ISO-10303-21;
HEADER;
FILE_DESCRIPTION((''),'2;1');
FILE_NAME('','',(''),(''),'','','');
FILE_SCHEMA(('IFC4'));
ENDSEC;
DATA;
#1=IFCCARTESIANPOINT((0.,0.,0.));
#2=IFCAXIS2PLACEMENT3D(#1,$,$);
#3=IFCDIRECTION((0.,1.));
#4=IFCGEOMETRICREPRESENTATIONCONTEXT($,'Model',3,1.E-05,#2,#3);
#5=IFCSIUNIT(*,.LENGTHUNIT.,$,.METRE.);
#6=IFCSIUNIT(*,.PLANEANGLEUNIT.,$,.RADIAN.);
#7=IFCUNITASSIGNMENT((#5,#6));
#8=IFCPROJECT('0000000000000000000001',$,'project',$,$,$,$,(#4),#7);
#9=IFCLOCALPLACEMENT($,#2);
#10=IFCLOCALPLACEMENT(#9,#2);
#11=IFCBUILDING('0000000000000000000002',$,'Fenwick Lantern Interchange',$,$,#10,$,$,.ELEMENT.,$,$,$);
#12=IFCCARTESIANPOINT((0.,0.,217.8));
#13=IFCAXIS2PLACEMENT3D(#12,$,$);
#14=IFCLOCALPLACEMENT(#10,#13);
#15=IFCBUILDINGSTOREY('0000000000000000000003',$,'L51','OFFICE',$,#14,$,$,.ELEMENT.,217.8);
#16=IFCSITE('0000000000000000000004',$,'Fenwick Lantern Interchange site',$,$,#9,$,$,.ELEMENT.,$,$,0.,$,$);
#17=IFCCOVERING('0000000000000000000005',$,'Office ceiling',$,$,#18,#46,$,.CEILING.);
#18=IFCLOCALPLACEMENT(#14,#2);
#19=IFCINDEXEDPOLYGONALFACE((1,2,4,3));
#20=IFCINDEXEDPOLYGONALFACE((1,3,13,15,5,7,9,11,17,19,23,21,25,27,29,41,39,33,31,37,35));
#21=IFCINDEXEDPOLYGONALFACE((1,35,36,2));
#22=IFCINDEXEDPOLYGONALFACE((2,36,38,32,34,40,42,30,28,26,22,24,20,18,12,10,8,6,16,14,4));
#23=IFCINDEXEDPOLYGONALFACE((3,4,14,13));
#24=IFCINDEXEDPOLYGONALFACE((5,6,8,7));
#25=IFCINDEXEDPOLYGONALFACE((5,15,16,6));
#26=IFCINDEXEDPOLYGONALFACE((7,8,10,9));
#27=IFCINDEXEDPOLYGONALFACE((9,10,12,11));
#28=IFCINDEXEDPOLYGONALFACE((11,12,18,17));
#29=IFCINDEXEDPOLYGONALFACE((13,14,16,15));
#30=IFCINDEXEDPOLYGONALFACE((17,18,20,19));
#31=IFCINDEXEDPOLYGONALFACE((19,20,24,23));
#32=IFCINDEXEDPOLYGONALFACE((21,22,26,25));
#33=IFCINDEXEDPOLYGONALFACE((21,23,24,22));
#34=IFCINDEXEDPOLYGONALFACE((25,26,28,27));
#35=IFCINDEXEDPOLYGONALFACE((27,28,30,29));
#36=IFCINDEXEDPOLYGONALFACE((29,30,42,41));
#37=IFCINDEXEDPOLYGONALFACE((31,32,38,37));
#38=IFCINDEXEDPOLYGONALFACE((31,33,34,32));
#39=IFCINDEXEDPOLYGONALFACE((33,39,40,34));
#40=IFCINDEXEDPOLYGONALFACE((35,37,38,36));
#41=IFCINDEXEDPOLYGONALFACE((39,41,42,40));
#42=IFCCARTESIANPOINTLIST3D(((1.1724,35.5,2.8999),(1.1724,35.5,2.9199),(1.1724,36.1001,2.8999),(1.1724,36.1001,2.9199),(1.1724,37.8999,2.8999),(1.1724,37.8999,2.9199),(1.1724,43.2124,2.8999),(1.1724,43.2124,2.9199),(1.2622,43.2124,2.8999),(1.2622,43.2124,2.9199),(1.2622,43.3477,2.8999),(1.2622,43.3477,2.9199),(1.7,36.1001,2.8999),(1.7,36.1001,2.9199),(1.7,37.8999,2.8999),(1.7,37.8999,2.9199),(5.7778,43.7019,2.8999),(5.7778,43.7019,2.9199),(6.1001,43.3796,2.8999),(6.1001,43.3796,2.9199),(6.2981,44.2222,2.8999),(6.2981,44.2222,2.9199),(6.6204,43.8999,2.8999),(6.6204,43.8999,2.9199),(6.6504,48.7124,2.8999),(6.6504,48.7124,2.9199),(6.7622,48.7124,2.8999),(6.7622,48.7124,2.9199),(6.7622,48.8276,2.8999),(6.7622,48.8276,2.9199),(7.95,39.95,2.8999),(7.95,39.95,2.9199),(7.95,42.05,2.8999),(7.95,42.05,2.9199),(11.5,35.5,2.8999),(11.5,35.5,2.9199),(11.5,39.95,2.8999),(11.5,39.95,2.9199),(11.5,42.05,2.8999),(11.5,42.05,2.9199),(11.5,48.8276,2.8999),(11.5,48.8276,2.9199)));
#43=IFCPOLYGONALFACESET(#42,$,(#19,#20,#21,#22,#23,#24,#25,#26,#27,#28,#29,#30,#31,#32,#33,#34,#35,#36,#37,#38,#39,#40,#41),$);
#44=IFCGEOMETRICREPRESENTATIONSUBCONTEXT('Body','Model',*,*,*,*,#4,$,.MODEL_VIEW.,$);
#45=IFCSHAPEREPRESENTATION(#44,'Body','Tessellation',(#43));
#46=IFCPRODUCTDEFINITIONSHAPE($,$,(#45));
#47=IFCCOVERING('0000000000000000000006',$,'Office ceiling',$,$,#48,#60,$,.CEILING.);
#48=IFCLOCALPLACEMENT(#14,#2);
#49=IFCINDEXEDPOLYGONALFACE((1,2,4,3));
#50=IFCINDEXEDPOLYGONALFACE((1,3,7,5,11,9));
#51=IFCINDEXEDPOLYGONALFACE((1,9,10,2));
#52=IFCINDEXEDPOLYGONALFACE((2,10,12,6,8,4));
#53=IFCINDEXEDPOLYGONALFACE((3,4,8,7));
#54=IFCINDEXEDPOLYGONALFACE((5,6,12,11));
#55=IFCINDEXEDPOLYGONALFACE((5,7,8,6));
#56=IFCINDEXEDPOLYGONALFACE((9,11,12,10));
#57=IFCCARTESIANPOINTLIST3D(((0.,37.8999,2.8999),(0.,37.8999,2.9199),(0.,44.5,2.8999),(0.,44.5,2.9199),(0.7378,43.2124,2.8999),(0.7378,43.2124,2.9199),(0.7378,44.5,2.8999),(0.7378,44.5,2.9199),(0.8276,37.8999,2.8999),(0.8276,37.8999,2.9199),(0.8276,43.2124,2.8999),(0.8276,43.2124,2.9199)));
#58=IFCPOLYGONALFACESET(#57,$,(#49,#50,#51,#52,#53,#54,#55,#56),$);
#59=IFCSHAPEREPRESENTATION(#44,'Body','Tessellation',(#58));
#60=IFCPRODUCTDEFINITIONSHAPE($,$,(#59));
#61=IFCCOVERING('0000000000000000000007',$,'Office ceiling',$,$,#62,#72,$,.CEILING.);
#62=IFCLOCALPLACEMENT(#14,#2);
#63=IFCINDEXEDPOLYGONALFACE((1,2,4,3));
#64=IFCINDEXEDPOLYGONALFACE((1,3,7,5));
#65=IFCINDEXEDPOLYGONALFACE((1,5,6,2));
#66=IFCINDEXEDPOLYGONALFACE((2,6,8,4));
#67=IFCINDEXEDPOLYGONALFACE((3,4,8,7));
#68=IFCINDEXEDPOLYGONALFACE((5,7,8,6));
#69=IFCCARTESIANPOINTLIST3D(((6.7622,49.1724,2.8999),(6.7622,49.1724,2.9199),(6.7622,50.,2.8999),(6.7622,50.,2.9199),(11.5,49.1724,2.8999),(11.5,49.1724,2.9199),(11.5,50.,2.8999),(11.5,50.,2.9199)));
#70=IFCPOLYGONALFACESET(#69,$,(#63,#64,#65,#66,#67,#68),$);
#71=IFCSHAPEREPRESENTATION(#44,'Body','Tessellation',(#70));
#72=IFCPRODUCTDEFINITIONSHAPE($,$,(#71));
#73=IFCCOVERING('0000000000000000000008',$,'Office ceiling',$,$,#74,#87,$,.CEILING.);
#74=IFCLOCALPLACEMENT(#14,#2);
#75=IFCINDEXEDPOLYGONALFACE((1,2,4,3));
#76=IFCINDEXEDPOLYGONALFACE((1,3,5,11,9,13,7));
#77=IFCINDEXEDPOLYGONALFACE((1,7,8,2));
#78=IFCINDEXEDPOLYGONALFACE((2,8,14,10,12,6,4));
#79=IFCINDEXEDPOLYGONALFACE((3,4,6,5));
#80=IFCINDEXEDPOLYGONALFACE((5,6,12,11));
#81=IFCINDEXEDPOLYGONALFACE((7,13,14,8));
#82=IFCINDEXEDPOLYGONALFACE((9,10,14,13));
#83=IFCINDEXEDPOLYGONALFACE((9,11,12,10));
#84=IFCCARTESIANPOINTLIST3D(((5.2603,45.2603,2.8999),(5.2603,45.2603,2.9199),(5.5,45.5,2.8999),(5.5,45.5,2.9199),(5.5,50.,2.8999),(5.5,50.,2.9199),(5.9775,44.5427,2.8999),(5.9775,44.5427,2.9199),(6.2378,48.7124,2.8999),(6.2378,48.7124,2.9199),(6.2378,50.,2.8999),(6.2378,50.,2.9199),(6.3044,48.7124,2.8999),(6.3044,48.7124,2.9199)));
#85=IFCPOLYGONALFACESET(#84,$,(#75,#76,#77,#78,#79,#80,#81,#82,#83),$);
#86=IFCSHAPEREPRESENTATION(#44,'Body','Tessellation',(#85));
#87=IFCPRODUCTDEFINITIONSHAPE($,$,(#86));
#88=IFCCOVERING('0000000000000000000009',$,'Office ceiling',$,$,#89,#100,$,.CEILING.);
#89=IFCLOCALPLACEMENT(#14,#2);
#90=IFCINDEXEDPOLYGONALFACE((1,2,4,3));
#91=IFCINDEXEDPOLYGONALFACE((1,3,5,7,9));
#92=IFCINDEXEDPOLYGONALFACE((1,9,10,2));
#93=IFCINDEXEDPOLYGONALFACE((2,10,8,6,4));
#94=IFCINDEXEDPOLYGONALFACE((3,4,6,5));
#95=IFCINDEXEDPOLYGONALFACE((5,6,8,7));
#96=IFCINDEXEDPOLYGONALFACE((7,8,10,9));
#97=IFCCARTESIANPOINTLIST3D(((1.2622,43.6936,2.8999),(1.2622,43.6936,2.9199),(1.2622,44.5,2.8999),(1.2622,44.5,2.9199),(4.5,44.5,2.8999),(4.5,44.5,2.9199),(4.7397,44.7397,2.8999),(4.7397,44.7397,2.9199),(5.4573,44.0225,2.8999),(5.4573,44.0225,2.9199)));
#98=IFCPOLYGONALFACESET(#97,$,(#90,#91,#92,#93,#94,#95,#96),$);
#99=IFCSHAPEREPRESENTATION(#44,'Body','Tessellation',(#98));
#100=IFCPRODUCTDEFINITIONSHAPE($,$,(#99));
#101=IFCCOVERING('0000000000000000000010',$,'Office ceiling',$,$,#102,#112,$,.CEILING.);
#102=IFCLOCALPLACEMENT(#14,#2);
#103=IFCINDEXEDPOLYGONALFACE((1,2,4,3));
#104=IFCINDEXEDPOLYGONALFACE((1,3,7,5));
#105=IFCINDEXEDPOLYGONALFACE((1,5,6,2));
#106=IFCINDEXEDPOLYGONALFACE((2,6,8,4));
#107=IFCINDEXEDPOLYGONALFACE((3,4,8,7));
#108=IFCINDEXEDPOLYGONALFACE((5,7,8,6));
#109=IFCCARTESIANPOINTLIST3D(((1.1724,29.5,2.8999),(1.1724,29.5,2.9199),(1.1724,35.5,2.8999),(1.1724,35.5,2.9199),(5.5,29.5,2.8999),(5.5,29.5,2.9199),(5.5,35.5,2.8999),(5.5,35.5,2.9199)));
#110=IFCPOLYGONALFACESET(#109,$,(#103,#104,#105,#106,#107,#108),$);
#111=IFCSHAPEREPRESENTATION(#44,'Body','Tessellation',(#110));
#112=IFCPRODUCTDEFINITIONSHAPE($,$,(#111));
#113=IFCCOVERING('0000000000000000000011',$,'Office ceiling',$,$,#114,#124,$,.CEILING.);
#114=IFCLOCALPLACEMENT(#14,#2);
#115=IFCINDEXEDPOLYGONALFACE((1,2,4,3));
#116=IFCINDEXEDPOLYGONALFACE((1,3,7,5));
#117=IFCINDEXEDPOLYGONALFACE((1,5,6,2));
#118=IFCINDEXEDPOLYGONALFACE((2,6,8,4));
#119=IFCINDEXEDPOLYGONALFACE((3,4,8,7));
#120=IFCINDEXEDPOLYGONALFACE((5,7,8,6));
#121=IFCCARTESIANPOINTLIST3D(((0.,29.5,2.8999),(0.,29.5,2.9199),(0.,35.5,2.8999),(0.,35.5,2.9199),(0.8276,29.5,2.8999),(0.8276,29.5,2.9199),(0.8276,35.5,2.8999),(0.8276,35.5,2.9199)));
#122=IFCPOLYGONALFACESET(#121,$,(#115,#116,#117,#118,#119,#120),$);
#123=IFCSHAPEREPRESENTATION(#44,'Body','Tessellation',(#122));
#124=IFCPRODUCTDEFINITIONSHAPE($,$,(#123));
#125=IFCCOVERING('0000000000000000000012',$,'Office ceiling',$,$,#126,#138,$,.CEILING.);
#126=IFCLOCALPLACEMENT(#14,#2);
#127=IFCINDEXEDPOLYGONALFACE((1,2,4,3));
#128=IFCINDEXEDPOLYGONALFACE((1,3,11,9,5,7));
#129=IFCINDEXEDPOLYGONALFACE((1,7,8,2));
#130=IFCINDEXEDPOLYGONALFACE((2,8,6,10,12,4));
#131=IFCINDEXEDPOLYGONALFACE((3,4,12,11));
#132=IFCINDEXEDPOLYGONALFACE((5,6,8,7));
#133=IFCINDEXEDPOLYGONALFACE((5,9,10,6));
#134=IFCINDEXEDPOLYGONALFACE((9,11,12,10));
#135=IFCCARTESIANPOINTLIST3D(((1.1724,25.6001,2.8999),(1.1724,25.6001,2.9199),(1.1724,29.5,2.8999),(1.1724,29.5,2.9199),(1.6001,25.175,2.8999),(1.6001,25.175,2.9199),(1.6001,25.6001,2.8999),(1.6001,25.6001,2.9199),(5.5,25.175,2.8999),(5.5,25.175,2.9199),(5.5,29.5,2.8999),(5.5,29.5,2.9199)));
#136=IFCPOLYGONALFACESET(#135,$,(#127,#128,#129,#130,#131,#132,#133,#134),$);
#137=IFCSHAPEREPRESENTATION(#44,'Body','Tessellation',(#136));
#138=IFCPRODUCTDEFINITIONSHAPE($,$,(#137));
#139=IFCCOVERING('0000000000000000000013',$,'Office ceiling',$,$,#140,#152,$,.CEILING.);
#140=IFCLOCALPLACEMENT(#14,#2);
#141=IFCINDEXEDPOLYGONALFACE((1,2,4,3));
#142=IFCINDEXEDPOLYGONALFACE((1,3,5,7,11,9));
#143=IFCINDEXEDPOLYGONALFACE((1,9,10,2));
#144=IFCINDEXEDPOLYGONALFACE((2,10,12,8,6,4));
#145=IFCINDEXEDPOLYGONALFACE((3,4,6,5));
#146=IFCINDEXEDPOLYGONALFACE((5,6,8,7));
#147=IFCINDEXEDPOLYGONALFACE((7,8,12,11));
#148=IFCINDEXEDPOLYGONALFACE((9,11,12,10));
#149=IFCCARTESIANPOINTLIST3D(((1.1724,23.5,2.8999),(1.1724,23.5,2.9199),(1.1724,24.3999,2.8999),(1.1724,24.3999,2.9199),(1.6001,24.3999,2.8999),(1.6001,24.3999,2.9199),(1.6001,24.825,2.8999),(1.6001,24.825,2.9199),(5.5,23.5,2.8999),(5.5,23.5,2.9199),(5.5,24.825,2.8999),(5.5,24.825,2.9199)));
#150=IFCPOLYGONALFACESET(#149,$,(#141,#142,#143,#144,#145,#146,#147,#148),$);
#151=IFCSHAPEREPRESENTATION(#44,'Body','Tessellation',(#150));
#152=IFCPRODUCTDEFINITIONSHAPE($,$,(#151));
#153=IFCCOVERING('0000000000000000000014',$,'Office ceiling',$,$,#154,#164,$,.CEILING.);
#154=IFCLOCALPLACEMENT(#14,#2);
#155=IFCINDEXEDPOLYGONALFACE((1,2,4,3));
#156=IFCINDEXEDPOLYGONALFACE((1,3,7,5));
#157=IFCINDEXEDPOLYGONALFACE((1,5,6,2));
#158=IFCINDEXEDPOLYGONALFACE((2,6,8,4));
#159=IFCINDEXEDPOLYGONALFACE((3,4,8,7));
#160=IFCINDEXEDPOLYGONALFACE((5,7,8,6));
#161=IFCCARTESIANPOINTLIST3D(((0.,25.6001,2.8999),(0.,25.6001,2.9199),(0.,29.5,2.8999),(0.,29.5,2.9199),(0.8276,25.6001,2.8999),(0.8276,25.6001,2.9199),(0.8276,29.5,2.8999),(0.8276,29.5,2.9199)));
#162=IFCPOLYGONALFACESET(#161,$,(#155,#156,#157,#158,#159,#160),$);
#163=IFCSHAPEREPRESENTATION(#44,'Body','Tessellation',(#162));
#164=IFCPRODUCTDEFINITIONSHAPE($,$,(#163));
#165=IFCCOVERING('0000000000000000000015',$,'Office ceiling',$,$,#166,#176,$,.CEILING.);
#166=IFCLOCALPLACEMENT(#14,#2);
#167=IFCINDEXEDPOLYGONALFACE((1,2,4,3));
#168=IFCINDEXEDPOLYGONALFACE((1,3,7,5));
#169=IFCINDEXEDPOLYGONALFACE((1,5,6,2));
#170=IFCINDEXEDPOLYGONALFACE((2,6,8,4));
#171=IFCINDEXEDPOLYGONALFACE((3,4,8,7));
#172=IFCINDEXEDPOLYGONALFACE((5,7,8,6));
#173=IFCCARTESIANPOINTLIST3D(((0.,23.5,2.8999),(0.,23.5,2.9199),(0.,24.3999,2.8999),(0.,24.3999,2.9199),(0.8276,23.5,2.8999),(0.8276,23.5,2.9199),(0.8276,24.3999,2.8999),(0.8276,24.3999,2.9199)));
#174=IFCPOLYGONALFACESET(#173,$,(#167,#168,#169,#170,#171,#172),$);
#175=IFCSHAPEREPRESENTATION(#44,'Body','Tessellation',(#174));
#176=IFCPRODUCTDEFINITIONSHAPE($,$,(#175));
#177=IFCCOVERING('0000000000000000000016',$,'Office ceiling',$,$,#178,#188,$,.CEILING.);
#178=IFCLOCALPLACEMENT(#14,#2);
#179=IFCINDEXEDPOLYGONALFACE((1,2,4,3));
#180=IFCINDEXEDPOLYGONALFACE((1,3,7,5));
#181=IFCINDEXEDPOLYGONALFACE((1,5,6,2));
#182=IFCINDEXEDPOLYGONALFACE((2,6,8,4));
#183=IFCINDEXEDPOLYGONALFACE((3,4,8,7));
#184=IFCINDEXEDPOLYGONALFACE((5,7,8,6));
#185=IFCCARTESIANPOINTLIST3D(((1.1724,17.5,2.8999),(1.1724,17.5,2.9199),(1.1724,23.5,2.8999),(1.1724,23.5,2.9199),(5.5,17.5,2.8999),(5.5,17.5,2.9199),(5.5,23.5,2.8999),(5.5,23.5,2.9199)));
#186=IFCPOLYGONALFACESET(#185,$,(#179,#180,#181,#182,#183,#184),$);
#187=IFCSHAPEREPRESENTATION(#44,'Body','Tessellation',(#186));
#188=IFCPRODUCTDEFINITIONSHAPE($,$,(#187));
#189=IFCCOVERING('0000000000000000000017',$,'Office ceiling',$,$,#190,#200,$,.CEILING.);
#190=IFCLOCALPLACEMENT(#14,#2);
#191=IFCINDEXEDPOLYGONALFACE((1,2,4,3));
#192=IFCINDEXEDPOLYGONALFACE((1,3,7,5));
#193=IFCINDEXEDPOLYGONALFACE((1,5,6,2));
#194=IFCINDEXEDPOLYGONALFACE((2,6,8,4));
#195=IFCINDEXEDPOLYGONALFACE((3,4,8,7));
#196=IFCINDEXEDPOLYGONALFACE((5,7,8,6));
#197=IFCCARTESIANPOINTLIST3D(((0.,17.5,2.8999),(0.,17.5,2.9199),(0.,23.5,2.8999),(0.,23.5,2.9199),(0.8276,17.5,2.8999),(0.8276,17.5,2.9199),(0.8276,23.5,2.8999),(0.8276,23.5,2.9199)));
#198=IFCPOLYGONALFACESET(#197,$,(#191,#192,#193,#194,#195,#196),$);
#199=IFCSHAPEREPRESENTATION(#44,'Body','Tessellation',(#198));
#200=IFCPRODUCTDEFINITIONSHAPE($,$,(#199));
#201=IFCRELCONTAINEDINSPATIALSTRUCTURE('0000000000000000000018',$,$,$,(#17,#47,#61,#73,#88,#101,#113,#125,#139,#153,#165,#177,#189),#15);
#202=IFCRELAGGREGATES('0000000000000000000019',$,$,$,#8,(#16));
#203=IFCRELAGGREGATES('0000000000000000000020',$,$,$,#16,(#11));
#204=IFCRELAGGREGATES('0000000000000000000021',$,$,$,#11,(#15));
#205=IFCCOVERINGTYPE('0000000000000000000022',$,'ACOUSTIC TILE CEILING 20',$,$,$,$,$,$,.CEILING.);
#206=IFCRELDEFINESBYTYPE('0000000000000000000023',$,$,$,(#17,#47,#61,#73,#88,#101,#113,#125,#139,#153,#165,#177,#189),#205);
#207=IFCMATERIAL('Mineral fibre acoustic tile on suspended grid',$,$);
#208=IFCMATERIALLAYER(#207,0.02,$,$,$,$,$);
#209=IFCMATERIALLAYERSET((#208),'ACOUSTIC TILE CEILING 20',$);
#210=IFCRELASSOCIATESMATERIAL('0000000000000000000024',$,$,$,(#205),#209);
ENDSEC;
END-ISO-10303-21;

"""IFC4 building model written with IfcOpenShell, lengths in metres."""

from ifc_helpers import new_model, si_unit, direction, frame, origin, place, context, subcontext, project, spatial, polyline, outline, extrude, material, layer, layer_set, type_object, element, save


model = new_model("IFC4")

# Units and contexts
model_context = context("Model", 3, precision=1e-05, world=origin(), true_north=direction((0.0, 1.0)))
body_context = subcontext(model_context, "Body", "Model", "MODEL_VIEW")
ifc_project = project(units=[si_unit("LENGTHUNIT", "METRE"), si_unit("PLANEANGLEUNIT", "RADIAN")], contexts=[model_context])

# Site, building, storey
site_placement = place(None, origin())
site = spatial("IfcSite", under=ifc_project, at=site_placement, Name="Fenwick Lantern Interchange site", CompositionType="ELEMENT", RefElevation=0.0)
building_placement = place(site_placement, origin())
building = spatial("IfcBuilding", under=site, at=building_placement, Name="Fenwick Lantern Interchange", CompositionType="ELEMENT")
storey_placement = place(building_placement, frame((0.0, 0.0, 217.8)))
storey = spatial("IfcBuildingStorey", under=building, at=storey_placement, Name="L51", Description="OFFICE", CompositionType="ELEMENT", Elevation=217.8)

# Coverings
ifc_material_1 = material(Name="Mineral fibre acoustic tile on suspended grid")
ifc_layer_1 = layer(ifc_material_1, 0.02)
ifc_layer_set_1 = layer_set([ifc_layer_1], Name="ACOUSTIC TILE CEILING 20")
covering_type_1 = type_object("IfcCoveringType", Name="ACOUSTIC TILE CEILING 20", PredefinedType="CEILING", material=ifc_layer_set_1)
covering_1_placement = place(storey_placement, frame((0.0, 0.0, 2.8999)))
element("IfcCovering", 1, at=covering_1_placement, inside=storey, type_object=covering_type_1, Name="Office ceiling", PredefinedType="CEILING", context=body_context, shape_type="SweptSolid", body=[
    extrude(outline(polyline([(6.7622, 48.7124), (6.6504, 48.7124), (6.2981, 44.2222), (6.6204, 43.8999), (6.1001, 43.3796), (5.7778, 43.7019), (1.2622, 43.3477), (1.2622, 43.2124), (1.1724, 43.2124), (1.1724, 37.8999), (1.7, 37.8999), (1.7, 36.1001), (1.1724, 36.1001), (1.1724, 35.5), (11.5, 35.5), (11.5, 39.95), (7.95, 39.95), (7.95, 42.05), (11.5, 42.05), (11.5, 48.8276), (6.7622, 48.8276), (6.7622, 48.7124)])), origin(), (0.0, 0.0, 1.0), 0.02),
])
covering_2_placement = place(storey_placement, frame((0.0, 0.0, 2.8999)))
element("IfcCovering", 2, at=covering_2_placement, inside=storey, type_object=covering_type_1, Name="Office ceiling", PredefinedType="CEILING", context=body_context, shape_type="SweptSolid", body=[
    extrude(outline(polyline([(0.0, 37.8999), (0.8276, 37.8999), (0.8276, 43.2124), (0.7378, 43.2124), (0.7378, 44.5), (0.0, 44.5), (0.0, 37.8999)])), origin(), (0.0, 0.0, 1.0), 0.02),
])
covering_3_placement = place(storey_placement, frame((0.0, 0.0, 2.8999)))
element("IfcCovering", 3, at=covering_3_placement, inside=storey, type_object=covering_type_1, Name="Office ceiling", PredefinedType="CEILING", context=body_context, shape_type="SweptSolid", body=[
    extrude(outline(polyline([(6.7622, 50.0), (6.7622, 49.1724), (11.5, 49.1724), (11.5, 50.0), (6.7622, 50.0)])), origin(), (0.0, 0.0, 1.0), 0.02),
])
covering_4_placement = place(storey_placement, frame((0.0, 0.0, 2.8999)))
element("IfcCovering", 4, at=covering_4_placement, inside=storey, type_object=covering_type_1, Name="Office ceiling", PredefinedType="CEILING", context=body_context, shape_type="SweptSolid", body=[
    extrude(outline(polyline([(6.3044, 48.7124), (6.2378, 48.7124), (6.2378, 50.0), (5.5, 50.0), (5.5, 45.5), (5.2603, 45.2603), (5.9775, 44.5427), (6.3044, 48.7124)])), origin(), (0.0, 0.0, 1.0), 0.02),
])
covering_5_placement = place(storey_placement, frame((0.0, 0.0, 2.8999)))
element("IfcCovering", 5, at=covering_5_placement, inside=storey, type_object=covering_type_1, Name="Office ceiling", PredefinedType="CEILING", context=body_context, shape_type="SweptSolid", body=[
    extrude(outline(polyline([(1.2622, 44.5), (1.2622, 43.6936), (5.4573, 44.0225), (4.7397, 44.7397), (4.5, 44.5), (1.2622, 44.5)])), origin(), (0.0, 0.0, 1.0), 0.02),
])
covering_6_placement = place(storey_placement, frame((0.0, 0.0, 2.8999)))
element("IfcCovering", 6, at=covering_6_placement, inside=storey, type_object=covering_type_1, Name="Office ceiling", PredefinedType="CEILING", context=body_context, shape_type="SweptSolid", body=[
    extrude(outline(polyline([(5.5, 35.5), (1.1724, 35.5), (1.1724, 29.5), (5.5, 29.5), (5.5, 35.5)])), origin(), (0.0, 0.0, 1.0), 0.02),
])
covering_7_placement = place(storey_placement, frame((0.0, 0.0, 2.8999)))
element("IfcCovering", 7, at=covering_7_placement, inside=storey, type_object=covering_type_1, Name="Office ceiling", PredefinedType="CEILING", context=body_context, shape_type="SweptSolid", body=[
    extrude(outline(polyline([(0.0, 29.5), (0.8276, 29.5), (0.8276, 35.5), (0.0, 35.5), (0.0, 29.5)])), origin(), (0.0, 0.0, 1.0), 0.02),
])
covering_8_placement = place(storey_placement, frame((0.0, 0.0, 2.8999)))
element("IfcCovering", 8, at=covering_8_placement, inside=storey, type_object=covering_type_1, Name="Office ceiling", PredefinedType="CEILING", context=body_context, shape_type="SweptSolid", body=[
    extrude(outline(polyline([(5.5, 29.5), (1.1724, 29.5), (1.1724, 25.6001), (1.6001, 25.6001), (1.6001, 25.175), (5.5, 25.175), (5.5, 29.5)])), origin(), (0.0, 0.0, 1.0), 0.02),
])
covering_9_placement = place(storey_placement, frame((0.0, 0.0, 2.8999)))
element("IfcCovering", 9, at=covering_9_placement, inside=storey, type_object=covering_type_1, Name="Office ceiling", PredefinedType="CEILING", context=body_context, shape_type="SweptSolid", body=[
    extrude(outline(polyline([(5.5, 23.5), (5.5, 24.825), (1.6001, 24.825), (1.6001, 24.3999), (1.1724, 24.3999), (1.1724, 23.5), (5.5, 23.5)])), origin(), (0.0, 0.0, 1.0), 0.02),
])
covering_10_placement = place(storey_placement, frame((0.0, 0.0, 2.8999)))
element("IfcCovering", 10, at=covering_10_placement, inside=storey, type_object=covering_type_1, Name="Office ceiling", PredefinedType="CEILING", context=body_context, shape_type="SweptSolid", body=[
    extrude(outline(polyline([(0.8276, 29.5), (0.0, 29.5), (0.0, 25.6001), (0.8276, 25.6001), (0.8276, 29.5)])), origin(), (0.0, 0.0, 1.0), 0.02),
])
covering_11_placement = place(storey_placement, frame((0.0, 0.0, 2.8999)))
element("IfcCovering", 11, at=covering_11_placement, inside=storey, type_object=covering_type_1, Name="Office ceiling", PredefinedType="CEILING", context=body_context, shape_type="SweptSolid", body=[
    extrude(outline(polyline([(0.0, 23.5), (0.8276, 23.5), (0.8276, 24.3999), (0.0, 24.3999), (0.0, 23.5)])), origin(), (0.0, 0.0, 1.0), 0.02),
])
covering_12_placement = place(storey_placement, frame((0.0, 0.0, 2.8999)))
element("IfcCovering", 12, at=covering_12_placement, inside=storey, type_object=covering_type_1, Name="Office ceiling", PredefinedType="CEILING", context=body_context, shape_type="SweptSolid", body=[
    extrude(outline(polyline([(5.5, 23.5), (1.1724, 23.5), (1.1724, 17.5), (5.5, 17.5), (5.5, 23.5)])), origin(), (0.0, 0.0, 1.0), 0.02),
])
covering_13_placement = place(storey_placement, frame((0.0, 0.0, 2.8999)))
element("IfcCovering", 13, at=covering_13_placement, inside=storey, type_object=covering_type_1, Name="Office ceiling", PredefinedType="CEILING", context=body_context, shape_type="SweptSolid", body=[
    extrude(outline(polyline([(0.0, 17.5), (0.8276, 17.5), (0.8276, 23.5), (0.0, 23.5), (0.0, 17.5)])), origin(), (0.0, 0.0, 1.0), 0.02),
])

save(model, "model.ifc")
